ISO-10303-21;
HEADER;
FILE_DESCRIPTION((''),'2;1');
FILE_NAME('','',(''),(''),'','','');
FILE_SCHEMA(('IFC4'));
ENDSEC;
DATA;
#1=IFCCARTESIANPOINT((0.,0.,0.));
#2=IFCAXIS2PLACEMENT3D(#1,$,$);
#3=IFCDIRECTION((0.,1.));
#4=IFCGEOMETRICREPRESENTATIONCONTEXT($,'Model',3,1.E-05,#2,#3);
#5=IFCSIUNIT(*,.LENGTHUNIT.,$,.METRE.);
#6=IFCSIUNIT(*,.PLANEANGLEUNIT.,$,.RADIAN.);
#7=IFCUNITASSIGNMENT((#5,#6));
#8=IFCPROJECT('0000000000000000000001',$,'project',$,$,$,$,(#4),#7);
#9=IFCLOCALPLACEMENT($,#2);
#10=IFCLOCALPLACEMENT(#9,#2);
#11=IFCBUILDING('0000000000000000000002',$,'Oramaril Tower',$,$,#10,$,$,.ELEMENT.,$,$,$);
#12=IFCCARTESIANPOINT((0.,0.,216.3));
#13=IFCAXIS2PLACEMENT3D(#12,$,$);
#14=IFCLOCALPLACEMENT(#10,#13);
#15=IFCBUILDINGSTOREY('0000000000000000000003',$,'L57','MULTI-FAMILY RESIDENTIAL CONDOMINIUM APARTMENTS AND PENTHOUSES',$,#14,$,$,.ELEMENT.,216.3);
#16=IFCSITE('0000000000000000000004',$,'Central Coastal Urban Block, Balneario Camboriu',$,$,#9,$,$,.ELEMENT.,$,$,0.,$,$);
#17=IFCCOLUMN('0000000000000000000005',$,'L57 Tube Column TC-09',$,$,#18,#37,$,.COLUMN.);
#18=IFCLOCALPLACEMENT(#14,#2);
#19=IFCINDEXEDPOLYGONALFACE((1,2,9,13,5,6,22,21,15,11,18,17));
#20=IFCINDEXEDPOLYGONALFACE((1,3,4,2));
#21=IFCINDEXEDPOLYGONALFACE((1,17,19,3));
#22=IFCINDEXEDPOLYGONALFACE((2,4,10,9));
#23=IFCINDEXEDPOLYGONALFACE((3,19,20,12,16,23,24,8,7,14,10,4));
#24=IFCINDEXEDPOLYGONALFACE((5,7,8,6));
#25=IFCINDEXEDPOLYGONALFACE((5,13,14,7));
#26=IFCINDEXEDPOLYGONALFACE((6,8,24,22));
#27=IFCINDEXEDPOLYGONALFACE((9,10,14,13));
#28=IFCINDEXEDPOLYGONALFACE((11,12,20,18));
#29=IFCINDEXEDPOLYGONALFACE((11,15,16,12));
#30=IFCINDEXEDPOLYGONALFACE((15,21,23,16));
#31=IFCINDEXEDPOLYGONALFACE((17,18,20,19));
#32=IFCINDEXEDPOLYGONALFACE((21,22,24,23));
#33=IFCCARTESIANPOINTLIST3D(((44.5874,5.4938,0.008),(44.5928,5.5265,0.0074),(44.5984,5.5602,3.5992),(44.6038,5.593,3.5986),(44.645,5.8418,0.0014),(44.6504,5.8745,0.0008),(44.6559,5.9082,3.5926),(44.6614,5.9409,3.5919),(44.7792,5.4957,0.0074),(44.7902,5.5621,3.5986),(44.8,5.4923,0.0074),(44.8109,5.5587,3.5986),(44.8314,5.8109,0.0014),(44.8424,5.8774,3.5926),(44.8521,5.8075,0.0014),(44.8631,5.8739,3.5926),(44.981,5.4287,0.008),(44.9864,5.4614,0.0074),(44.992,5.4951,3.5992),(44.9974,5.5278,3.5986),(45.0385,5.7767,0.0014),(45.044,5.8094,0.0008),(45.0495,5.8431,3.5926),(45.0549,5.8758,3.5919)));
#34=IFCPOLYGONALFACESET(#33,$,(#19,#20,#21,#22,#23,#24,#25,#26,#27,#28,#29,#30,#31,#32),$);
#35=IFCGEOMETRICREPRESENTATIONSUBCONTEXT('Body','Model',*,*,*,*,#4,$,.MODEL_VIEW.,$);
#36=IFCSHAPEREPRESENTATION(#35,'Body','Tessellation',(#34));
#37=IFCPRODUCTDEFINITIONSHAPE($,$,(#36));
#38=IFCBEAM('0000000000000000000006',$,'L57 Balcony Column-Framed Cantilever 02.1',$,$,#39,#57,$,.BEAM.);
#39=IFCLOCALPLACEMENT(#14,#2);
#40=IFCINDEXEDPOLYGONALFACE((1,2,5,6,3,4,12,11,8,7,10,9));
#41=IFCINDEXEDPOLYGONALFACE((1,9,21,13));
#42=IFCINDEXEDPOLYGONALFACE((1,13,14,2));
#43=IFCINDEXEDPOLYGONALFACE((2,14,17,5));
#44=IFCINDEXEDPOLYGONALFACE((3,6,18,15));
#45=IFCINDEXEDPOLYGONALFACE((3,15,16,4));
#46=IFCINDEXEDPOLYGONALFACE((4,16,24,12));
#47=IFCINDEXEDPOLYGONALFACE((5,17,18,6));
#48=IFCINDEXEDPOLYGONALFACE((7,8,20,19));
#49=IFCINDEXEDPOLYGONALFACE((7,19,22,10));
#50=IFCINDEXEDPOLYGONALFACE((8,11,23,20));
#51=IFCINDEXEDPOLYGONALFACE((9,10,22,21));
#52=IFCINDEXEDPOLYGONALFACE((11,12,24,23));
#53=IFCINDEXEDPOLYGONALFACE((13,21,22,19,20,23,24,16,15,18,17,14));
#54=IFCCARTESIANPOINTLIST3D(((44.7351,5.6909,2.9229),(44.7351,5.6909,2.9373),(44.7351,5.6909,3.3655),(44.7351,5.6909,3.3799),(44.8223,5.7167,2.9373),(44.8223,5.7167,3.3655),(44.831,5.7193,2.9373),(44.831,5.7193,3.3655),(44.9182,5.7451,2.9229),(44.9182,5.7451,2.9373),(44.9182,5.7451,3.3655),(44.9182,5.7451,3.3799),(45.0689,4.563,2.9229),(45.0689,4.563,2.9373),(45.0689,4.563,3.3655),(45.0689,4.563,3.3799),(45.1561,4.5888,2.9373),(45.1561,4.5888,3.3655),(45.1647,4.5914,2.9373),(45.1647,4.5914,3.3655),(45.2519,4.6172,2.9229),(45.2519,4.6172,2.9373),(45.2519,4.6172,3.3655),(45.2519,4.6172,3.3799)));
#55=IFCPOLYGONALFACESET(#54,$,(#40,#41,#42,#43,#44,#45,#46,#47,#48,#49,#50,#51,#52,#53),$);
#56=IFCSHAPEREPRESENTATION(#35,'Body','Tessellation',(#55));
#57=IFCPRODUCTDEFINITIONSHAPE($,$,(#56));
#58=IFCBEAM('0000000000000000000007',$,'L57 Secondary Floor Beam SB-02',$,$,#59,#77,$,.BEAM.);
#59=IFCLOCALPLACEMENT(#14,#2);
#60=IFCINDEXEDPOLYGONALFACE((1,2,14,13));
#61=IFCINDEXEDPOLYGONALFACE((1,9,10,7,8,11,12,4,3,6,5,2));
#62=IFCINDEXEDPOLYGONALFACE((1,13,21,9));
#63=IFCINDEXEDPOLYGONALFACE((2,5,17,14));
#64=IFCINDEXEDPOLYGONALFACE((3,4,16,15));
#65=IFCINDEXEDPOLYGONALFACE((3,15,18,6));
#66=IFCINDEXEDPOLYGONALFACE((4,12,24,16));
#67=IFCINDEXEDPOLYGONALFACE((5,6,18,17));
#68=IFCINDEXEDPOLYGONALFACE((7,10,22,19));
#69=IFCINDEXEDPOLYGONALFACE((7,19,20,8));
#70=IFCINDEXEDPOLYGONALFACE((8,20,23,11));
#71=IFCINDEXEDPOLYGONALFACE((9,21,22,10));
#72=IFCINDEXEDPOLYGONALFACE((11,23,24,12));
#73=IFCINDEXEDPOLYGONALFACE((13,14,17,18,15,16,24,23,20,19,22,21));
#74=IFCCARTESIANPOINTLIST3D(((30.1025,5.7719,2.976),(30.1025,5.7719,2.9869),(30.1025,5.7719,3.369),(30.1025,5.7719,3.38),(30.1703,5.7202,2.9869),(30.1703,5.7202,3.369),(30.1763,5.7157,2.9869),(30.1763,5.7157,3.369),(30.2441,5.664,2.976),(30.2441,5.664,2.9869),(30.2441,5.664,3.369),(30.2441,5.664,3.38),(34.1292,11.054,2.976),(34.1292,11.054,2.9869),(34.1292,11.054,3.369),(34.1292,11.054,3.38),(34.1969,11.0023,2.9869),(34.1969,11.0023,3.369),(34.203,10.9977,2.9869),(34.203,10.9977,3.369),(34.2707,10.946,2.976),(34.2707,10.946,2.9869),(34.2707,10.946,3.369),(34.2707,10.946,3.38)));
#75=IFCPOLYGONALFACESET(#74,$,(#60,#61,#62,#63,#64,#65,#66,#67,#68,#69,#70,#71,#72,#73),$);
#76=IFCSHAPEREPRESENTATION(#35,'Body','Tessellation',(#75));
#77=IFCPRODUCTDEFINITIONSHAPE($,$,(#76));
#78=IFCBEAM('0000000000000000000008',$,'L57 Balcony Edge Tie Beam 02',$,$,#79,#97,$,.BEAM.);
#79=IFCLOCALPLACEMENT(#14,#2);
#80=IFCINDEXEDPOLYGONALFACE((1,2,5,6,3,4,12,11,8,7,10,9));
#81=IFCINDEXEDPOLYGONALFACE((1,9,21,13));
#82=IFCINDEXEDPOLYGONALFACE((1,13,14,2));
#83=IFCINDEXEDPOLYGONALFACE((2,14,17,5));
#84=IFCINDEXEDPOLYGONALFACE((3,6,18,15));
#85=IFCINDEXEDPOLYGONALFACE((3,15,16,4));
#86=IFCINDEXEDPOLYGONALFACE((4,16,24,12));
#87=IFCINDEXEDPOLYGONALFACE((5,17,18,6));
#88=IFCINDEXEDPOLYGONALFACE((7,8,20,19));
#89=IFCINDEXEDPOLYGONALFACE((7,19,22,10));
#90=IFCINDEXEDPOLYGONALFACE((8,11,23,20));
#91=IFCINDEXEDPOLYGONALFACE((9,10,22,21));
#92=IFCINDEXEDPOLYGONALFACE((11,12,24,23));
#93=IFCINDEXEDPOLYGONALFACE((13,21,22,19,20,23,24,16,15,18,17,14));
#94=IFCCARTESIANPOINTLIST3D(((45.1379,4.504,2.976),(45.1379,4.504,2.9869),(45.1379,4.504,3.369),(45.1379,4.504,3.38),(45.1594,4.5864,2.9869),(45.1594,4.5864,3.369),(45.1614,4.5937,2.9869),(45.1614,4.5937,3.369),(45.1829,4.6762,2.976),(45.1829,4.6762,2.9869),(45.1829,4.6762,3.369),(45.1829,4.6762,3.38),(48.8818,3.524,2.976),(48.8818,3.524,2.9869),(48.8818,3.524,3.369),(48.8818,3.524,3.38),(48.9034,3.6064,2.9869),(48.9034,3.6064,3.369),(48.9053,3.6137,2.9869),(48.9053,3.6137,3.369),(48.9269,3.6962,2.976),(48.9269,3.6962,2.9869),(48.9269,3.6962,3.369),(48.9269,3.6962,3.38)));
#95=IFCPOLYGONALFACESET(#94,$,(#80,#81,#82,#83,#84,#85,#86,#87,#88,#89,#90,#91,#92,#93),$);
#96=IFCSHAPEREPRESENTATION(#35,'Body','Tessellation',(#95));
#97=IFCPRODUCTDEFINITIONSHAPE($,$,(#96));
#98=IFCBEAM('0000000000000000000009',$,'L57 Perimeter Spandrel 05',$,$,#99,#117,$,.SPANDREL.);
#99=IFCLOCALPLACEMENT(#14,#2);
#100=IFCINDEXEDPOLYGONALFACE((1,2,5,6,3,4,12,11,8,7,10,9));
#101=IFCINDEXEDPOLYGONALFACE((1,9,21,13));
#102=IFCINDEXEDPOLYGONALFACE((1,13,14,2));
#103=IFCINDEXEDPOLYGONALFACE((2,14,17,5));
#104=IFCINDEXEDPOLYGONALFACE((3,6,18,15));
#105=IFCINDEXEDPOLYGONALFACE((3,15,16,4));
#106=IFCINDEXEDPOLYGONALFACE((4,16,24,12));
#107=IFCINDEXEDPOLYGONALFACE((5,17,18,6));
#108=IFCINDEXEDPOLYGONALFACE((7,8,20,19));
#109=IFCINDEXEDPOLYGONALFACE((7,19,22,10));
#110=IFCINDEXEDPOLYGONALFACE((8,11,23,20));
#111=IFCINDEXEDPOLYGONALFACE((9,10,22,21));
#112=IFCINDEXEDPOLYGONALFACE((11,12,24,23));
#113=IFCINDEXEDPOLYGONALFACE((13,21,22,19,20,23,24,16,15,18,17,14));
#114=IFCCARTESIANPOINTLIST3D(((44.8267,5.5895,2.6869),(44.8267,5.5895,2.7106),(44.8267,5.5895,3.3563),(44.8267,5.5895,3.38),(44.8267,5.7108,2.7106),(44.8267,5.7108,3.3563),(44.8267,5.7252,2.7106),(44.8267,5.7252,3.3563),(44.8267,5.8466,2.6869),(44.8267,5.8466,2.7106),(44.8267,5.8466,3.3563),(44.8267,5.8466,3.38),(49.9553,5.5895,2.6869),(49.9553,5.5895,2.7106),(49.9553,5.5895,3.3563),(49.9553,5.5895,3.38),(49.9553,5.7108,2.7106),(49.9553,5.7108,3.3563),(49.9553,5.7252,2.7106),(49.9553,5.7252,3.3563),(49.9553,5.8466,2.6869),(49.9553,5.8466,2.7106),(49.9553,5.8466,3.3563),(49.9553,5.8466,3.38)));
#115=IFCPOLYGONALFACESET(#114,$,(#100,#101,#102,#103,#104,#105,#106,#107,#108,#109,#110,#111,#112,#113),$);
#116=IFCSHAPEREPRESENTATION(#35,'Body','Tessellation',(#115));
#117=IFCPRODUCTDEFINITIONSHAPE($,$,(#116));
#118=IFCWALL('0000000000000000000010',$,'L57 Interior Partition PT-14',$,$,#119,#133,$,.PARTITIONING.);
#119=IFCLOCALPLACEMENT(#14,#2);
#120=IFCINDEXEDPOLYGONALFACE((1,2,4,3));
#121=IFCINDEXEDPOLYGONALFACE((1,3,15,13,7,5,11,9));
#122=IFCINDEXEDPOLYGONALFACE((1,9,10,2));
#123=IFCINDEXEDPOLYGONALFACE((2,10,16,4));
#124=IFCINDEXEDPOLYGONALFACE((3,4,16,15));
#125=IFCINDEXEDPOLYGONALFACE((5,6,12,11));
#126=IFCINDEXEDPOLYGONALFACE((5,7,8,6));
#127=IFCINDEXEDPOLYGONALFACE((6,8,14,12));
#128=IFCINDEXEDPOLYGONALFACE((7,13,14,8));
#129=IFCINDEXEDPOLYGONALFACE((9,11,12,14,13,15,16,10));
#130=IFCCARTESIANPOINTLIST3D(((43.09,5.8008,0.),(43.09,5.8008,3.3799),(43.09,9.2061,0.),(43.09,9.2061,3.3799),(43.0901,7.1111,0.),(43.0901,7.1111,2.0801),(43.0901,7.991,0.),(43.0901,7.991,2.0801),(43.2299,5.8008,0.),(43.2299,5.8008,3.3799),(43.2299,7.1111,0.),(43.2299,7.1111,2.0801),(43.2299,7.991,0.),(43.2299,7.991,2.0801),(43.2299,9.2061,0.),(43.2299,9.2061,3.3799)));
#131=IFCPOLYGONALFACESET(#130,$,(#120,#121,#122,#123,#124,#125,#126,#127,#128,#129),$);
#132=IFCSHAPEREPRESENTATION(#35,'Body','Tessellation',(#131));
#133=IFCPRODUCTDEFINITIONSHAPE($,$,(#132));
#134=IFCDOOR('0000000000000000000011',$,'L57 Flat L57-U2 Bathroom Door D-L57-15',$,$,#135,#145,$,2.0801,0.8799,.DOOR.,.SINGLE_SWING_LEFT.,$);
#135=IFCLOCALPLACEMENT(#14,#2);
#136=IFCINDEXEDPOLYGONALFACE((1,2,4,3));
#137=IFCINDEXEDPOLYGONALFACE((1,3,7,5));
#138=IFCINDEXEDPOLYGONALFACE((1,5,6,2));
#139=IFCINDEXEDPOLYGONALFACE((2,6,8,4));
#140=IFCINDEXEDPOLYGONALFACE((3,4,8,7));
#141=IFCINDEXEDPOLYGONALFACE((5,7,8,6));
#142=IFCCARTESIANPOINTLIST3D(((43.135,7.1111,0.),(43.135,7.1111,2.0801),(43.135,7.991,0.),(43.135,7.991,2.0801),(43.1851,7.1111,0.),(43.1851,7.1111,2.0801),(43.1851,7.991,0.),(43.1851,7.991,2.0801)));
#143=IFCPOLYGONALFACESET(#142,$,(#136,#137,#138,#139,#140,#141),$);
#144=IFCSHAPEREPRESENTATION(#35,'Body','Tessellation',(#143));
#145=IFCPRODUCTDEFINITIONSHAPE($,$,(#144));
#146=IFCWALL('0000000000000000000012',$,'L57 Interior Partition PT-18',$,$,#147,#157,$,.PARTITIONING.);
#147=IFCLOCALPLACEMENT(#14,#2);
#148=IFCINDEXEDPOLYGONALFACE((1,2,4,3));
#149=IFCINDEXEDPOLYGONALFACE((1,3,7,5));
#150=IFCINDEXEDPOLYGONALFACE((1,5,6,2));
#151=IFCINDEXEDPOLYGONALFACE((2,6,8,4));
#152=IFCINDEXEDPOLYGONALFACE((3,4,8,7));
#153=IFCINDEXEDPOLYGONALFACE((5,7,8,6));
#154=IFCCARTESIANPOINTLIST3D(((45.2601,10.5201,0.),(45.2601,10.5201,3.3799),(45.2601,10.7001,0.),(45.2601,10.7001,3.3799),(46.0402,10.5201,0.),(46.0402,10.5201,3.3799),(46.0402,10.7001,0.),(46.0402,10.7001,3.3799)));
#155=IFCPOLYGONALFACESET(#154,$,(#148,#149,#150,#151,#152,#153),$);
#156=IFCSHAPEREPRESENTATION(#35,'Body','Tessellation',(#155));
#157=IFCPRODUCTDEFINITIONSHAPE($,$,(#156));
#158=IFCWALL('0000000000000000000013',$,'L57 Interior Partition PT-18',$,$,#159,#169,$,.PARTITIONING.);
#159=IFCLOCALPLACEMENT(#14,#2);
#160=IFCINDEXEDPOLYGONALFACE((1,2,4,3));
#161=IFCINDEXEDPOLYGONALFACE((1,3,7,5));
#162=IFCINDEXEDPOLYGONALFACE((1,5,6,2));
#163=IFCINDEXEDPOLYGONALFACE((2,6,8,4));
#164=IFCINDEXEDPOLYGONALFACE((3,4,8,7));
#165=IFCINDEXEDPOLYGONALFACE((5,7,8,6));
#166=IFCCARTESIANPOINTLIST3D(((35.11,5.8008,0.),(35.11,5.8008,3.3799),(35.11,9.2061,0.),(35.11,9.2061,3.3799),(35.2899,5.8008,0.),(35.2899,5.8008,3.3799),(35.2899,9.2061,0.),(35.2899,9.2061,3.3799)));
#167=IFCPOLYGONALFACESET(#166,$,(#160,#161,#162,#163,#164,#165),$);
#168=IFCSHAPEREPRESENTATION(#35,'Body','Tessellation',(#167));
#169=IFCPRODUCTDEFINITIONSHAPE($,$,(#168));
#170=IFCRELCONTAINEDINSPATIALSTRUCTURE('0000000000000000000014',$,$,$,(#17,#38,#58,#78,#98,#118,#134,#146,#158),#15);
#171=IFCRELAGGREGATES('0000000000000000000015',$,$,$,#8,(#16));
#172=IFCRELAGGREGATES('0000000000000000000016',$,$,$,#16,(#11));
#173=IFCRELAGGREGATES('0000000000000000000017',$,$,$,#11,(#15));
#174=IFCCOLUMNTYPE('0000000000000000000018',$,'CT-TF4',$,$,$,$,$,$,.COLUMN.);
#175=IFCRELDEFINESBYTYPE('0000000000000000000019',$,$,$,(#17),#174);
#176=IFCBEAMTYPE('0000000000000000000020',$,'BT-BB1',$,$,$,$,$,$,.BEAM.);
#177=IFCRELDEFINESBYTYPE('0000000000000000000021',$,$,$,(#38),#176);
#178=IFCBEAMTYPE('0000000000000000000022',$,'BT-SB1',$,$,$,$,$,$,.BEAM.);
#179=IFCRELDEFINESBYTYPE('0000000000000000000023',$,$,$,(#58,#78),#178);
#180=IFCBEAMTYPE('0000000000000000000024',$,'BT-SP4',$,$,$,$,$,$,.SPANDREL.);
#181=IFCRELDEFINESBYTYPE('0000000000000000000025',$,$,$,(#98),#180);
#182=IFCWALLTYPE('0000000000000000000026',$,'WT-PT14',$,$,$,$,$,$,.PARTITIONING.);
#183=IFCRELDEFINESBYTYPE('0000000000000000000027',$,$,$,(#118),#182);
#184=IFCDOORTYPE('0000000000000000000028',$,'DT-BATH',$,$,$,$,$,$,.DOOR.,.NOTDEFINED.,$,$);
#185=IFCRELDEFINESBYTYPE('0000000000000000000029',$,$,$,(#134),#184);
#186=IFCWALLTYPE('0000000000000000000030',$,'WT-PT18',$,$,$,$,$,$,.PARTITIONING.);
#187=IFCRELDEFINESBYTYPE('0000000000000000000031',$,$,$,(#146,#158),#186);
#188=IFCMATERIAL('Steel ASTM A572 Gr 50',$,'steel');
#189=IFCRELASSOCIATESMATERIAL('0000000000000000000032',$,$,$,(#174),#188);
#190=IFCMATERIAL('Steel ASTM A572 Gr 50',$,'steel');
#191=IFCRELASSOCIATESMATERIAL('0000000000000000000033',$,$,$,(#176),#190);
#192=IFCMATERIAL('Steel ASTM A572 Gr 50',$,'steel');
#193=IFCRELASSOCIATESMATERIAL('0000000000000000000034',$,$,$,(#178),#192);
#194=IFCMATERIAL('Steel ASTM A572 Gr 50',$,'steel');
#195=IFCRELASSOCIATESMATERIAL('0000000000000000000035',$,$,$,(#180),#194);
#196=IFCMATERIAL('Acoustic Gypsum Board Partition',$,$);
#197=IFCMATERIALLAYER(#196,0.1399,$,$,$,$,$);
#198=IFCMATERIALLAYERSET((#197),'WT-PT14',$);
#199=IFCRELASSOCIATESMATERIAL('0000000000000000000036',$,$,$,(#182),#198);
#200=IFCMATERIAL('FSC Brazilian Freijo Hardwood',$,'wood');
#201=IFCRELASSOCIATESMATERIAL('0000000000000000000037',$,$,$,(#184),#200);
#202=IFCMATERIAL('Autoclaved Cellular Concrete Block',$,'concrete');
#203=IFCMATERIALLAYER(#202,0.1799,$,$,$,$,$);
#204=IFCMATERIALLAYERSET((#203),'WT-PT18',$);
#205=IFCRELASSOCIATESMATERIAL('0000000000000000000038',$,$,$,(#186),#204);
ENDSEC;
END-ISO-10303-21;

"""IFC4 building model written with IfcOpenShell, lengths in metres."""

from ifc_helpers import new_model, si_unit, direction, frame, frame_2d, origin, origin_2d, place, context, subcontext, project, spatial, rectangle, i_section, extrude, material, layer, layer_set, material_profile, profile_set, type_object, element, fill, save


model = new_model("IFC4")

# Units and contexts
model_context = context("Model", 3, precision=1e-05, world=origin(), true_north=direction((0.0, 1.0)))
body_context = subcontext(model_context, "Body", "Model", "MODEL_VIEW")
ifc_project = project(units=[si_unit("LENGTHUNIT", "METRE"), si_unit("PLANEANGLEUNIT", "RADIAN")], contexts=[model_context])

# Site, building, storey
site_placement = place(None, origin())
site = spatial("IfcSite", under=ifc_project, at=site_placement, Name="Central Coastal Urban Block, Balneario Camboriu", CompositionType="ELEMENT", RefElevation=0.0)
building_placement = place(site_placement, origin())
building = spatial("IfcBuilding", under=site, at=building_placement, Name="Oramaril Tower", CompositionType="ELEMENT")
storey_placement = place(building_placement, frame((0.0, 0.0, 216.3)))
storey = spatial("IfcBuildingStorey", under=building, at=storey_placement, Name="L57", Description="MULTI-FAMILY RESIDENTIAL CONDOMINIUM APARTMENTS AND PENTHOUSES", CompositionType="ELEMENT", Elevation=216.3)

# Column
ifc_material_1 = material(Name="Steel ASTM A572 Gr 50", Category="steel")
ifc_material_profile_1 = material_profile(ifc_material_1, i_section(OverallWidth=0.3989, OverallDepth=0.386, WebThickness=0.021, FlangeThickness=0.0332, at=origin_2d()), Name="W14X176")
ifc_profile_set_1 = profile_set([ifc_material_profile_1], Name="Steel ASTM A572 Gr 50")
column_type = type_object("IfcColumnType", Name="CT-TF4", PredefinedType="COLUMN", material=ifc_profile_set_1)
column_placement = place(storey_placement, frame((44.8157, 5.6516, 0.0044), z_axis=(0.003059, 0.018489, 0.999824), x_axis=(-0.986589, 0.163222, 0.0)))
element("IfcColumn", 1, at=column_placement, inside=storey, type_object=column_type, Name="L57 Tube Column TC-09", PredefinedType="COLUMN", context=body_context, shape_type="SweptSolid", body=[
    extrude(i_section(OverallWidth=0.3989, OverallDepth=0.386, WebThickness=0.021, FlangeThickness=0.0332, at=origin_2d()), origin(), (0.0, 0.0, 1.0), 3.5918),
])

# Beams
ifc_material_2 = material(Name="Steel ASTM A572 Gr 50", Category="steel")
ifc_material_profile_2 = material_profile(ifc_material_2, i_section(OverallWidth=0.1909, OverallDepth=0.457, WebThickness=0.009, FlangeThickness=0.0144, at=origin_2d()), Name="W18X50")
ifc_profile_set_2 = profile_set([ifc_material_profile_2], Name="Steel ASTM A572 Gr 50")
beam_type_1 = type_object("IfcBeamType", Name="BT-BB1", PredefinedType="BEAM", material=ifc_profile_set_2)
beam_1_placement = place(storey_placement, frame((44.8267, 5.718, 3.1514), z_axis=(0.283728, -0.958905, 0.0), x_axis=(0.958905, 0.283728, 0.0)))
element("IfcBeam", 2, at=beam_1_placement, inside=storey, type_object=beam_type_1, Name="L57 Balcony Column-Framed Cantilever 02.1", PredefinedType="BEAM", context=body_context, shape_type="SweptSolid", body=[
    extrude(i_section(OverallWidth=0.1909, OverallDepth=0.457, WebThickness=0.009, FlangeThickness=0.0144, at=origin_2d()), origin(), (0.0, 0.0, 1.0), 1.1763),
])
ifc_material_3 = material(Name="Steel ASTM A572 Gr 50", Category="steel")
ifc_material_profile_3 = material_profile(ifc_material_3, i_section(OverallWidth=0.178, OverallDepth=0.4041, WebThickness=0.0076, FlangeThickness=0.011, at=origin_2d()), Name="W16X36")
ifc_profile_set_3 = profile_set([ifc_material_profile_3], Name="Steel ASTM A572 Gr 50")
beam_type_2 = type_object("IfcBeamType", Name="BT-SB1", PredefinedType="BEAM", material=ifc_profile_set_3)
beam_2_placement = place(storey_placement, frame((34.2, 11.0, 3.178), z_axis=(-0.606257, -0.795269, 0.0), x_axis=(0.795269, -0.606257, 0.0)))
element("IfcBeam", 3, at=beam_2_placement, inside=storey, type_object=beam_type_2, Name="L57 Secondary Floor Beam SB-02", PredefinedType="BEAM", context=body_context, shape_type="SweptSolid", body=[
    extrude(i_section(OverallWidth=0.178, OverallDepth=0.4041, WebThickness=0.0076, FlangeThickness=0.011, at=origin_2d()), origin(), (0.0, 0.0, 1.0), 6.6418),
])
beam_3_placement = place(storey_placement, frame((45.1604, 4.5901, 3.178), z_axis=(0.967408, -0.253223, 0.0), x_axis=(0.253223, 0.967408, 0.0)))
element("IfcBeam", 4, at=beam_3_placement, inside=storey, type_object=beam_type_2, Name="L57 Balcony Edge Tie Beam 02", PredefinedType="BEAM", context=body_context, shape_type="SweptSolid", body=[
    extrude(i_section(OverallWidth=0.178, OverallDepth=0.4041, WebThickness=0.0076, FlangeThickness=0.011, at=origin_2d()), origin(), (0.0, 0.0, 1.0), 3.8701),
])
ifc_material_4 = material(Name="Steel ASTM A572 Gr 50", Category="steel")
ifc_material_profile_4 = material_profile(ifc_material_4, i_section(OverallWidth=0.2571, OverallDepth=0.6931, WebThickness=0.0144, FlangeThickness=0.0237, at=origin_2d()), Name="W27X114")
ifc_profile_set_4 = profile_set([ifc_material_profile_4], Name="Steel ASTM A572 Gr 50")
beam_type_3 = type_object("IfcBeamType", Name="BT-SP4", PredefinedType="SPANDREL", material=ifc_profile_set_4)
beam_4_placement = place(storey_placement, frame((44.8267, 5.718, 3.0334), z_axis=(1.0, 0.0, 0.0), x_axis=(0.0, 1.0, 0.0)))
element("IfcBeam", 5, at=beam_4_placement, inside=storey, type_object=beam_type_3, Name="L57 Perimeter Spandrel 05", PredefinedType="SPANDREL", context=body_context, shape_type="SweptSolid", body=[
    extrude(i_section(OverallWidth=0.2571, OverallDepth=0.6931, WebThickness=0.0144, FlangeThickness=0.0237, at=origin_2d()), origin(), (0.0, 0.0, 1.0), 5.1287),
])

# Wall, opening, door
ifc_material_5 = material(Name="Acoustic Gypsum Board Partition")
ifc_layer_1 = layer(ifc_material_5, 0.1399)
ifc_layer_set_1 = layer_set([ifc_layer_1], Name="WT-PT14")
wall_type_1 = type_object("IfcWallType", Name="WT-PT14", PredefinedType="PARTITIONING", material=ifc_layer_set_1)
wall_1_placement = place(storey_placement, frame((43.1599, 5.8008, 0.0), z_axis=(0.0, 0.0, 1.0), x_axis=(0.0, 1.0, 0.0)))
wall_1 = element("IfcWall", 6, at=wall_1_placement, inside=storey, type_object=wall_type_1, Name="L57 Interior Partition PT-14", PredefinedType="PARTITIONING", context=body_context, shape_type="SweptSolid", body=[
    extrude(rectangle(XDim=3.4053, YDim=0.1399, at=frame_2d((1.7026, 0.0))), origin(), (0.0, 0.0, 1.0), 3.3799),
])
opening_placement = place(wall_1_placement, frame((1.3103, 0.0, 0.0)))
opening = element("IfcOpeningElement", 7, at=opening_placement, cuts=wall_1, PredefinedType="OPENING", context=body_context, shape_type="SweptSolid", body=[
    extrude(rectangle(XDim=0.8799, YDim=2.0801, at=frame_2d((0.4399, 1.04))), frame((0.0, 0.0698, 0.0), z_axis=(0.0, -1.0, 0.0), x_axis=(1.0, 0.0, 0.0)), (0.0, 0.0, 1.0), 0.1399),
])
ifc_material_6 = material(Name="FSC Brazilian Freijo Hardwood", Category="wood")
door_type = type_object("IfcDoorType", Name="DT-BATH", OperationType="NOTDEFINED", PredefinedType="DOOR", material=ifc_material_6)
door_placement = place(opening_placement, origin())
door = element("IfcDoor", 8, at=door_placement, inside=storey, type_object=door_type, Name="L57 Flat L57-U2 Bathroom Door D-L57-15", OperationType="SINGLE_SWING_LEFT", OverallHeight=2.0801, OverallWidth=0.8799, PredefinedType="DOOR", context=body_context, shape_type="SweptSolid", body=[
    extrude(rectangle(XDim=0.8799, YDim=2.0801, at=frame_2d((0.4399, 1.04))), frame((0.0, 0.0249, 0.0), z_axis=(0.0, -1.0, 0.0), x_axis=(1.0, 0.0, 0.0)), (0.0, 0.0, 1.0), 0.05),
])
fill(opening, door)

# Walls
ifc_material_7 = material(Name="Autoclaved Cellular Concrete Block", Category="concrete")
ifc_layer_2 = layer(ifc_material_7, 0.1799)
ifc_layer_set_2 = layer_set([ifc_layer_2], Name="WT-PT18")
wall_type_2 = type_object("IfcWallType", Name="WT-PT18", PredefinedType="PARTITIONING", material=ifc_layer_set_2)
wall_2_placement = place(storey_placement, frame((45.26, 10.6101, 0.0), z_axis=(0.0, 0.0, 1.0), x_axis=(1.0, 0.0, 0.0)))
element("IfcWall", 9, at=wall_2_placement, inside=storey, type_object=wall_type_2, Name="L57 Interior Partition PT-18", PredefinedType="PARTITIONING", context=body_context, shape_type="SweptSolid", body=[
    extrude(rectangle(XDim=0.78, YDim=0.1799, at=frame_2d((0.3901, 0.0))), origin(), (0.0, 0.0, 1.0), 3.3799),
])
wall_3_placement = place(storey_placement, frame((35.2, 5.8008, 0.0), z_axis=(0.0, 0.0, 1.0), x_axis=(0.0, 1.0, 0.0)))
element("IfcWall", 10, at=wall_3_placement, inside=storey, type_object=wall_type_2, Name="L57 Interior Partition PT-18", PredefinedType="PARTITIONING", context=body_context, shape_type="SweptSolid", body=[
    extrude(rectangle(XDim=3.4053, YDim=0.1799, at=frame_2d((1.7026, 0.0))), origin(), (0.0, 0.0, 1.0), 3.3799),
])

save(model, "model.ifc")
